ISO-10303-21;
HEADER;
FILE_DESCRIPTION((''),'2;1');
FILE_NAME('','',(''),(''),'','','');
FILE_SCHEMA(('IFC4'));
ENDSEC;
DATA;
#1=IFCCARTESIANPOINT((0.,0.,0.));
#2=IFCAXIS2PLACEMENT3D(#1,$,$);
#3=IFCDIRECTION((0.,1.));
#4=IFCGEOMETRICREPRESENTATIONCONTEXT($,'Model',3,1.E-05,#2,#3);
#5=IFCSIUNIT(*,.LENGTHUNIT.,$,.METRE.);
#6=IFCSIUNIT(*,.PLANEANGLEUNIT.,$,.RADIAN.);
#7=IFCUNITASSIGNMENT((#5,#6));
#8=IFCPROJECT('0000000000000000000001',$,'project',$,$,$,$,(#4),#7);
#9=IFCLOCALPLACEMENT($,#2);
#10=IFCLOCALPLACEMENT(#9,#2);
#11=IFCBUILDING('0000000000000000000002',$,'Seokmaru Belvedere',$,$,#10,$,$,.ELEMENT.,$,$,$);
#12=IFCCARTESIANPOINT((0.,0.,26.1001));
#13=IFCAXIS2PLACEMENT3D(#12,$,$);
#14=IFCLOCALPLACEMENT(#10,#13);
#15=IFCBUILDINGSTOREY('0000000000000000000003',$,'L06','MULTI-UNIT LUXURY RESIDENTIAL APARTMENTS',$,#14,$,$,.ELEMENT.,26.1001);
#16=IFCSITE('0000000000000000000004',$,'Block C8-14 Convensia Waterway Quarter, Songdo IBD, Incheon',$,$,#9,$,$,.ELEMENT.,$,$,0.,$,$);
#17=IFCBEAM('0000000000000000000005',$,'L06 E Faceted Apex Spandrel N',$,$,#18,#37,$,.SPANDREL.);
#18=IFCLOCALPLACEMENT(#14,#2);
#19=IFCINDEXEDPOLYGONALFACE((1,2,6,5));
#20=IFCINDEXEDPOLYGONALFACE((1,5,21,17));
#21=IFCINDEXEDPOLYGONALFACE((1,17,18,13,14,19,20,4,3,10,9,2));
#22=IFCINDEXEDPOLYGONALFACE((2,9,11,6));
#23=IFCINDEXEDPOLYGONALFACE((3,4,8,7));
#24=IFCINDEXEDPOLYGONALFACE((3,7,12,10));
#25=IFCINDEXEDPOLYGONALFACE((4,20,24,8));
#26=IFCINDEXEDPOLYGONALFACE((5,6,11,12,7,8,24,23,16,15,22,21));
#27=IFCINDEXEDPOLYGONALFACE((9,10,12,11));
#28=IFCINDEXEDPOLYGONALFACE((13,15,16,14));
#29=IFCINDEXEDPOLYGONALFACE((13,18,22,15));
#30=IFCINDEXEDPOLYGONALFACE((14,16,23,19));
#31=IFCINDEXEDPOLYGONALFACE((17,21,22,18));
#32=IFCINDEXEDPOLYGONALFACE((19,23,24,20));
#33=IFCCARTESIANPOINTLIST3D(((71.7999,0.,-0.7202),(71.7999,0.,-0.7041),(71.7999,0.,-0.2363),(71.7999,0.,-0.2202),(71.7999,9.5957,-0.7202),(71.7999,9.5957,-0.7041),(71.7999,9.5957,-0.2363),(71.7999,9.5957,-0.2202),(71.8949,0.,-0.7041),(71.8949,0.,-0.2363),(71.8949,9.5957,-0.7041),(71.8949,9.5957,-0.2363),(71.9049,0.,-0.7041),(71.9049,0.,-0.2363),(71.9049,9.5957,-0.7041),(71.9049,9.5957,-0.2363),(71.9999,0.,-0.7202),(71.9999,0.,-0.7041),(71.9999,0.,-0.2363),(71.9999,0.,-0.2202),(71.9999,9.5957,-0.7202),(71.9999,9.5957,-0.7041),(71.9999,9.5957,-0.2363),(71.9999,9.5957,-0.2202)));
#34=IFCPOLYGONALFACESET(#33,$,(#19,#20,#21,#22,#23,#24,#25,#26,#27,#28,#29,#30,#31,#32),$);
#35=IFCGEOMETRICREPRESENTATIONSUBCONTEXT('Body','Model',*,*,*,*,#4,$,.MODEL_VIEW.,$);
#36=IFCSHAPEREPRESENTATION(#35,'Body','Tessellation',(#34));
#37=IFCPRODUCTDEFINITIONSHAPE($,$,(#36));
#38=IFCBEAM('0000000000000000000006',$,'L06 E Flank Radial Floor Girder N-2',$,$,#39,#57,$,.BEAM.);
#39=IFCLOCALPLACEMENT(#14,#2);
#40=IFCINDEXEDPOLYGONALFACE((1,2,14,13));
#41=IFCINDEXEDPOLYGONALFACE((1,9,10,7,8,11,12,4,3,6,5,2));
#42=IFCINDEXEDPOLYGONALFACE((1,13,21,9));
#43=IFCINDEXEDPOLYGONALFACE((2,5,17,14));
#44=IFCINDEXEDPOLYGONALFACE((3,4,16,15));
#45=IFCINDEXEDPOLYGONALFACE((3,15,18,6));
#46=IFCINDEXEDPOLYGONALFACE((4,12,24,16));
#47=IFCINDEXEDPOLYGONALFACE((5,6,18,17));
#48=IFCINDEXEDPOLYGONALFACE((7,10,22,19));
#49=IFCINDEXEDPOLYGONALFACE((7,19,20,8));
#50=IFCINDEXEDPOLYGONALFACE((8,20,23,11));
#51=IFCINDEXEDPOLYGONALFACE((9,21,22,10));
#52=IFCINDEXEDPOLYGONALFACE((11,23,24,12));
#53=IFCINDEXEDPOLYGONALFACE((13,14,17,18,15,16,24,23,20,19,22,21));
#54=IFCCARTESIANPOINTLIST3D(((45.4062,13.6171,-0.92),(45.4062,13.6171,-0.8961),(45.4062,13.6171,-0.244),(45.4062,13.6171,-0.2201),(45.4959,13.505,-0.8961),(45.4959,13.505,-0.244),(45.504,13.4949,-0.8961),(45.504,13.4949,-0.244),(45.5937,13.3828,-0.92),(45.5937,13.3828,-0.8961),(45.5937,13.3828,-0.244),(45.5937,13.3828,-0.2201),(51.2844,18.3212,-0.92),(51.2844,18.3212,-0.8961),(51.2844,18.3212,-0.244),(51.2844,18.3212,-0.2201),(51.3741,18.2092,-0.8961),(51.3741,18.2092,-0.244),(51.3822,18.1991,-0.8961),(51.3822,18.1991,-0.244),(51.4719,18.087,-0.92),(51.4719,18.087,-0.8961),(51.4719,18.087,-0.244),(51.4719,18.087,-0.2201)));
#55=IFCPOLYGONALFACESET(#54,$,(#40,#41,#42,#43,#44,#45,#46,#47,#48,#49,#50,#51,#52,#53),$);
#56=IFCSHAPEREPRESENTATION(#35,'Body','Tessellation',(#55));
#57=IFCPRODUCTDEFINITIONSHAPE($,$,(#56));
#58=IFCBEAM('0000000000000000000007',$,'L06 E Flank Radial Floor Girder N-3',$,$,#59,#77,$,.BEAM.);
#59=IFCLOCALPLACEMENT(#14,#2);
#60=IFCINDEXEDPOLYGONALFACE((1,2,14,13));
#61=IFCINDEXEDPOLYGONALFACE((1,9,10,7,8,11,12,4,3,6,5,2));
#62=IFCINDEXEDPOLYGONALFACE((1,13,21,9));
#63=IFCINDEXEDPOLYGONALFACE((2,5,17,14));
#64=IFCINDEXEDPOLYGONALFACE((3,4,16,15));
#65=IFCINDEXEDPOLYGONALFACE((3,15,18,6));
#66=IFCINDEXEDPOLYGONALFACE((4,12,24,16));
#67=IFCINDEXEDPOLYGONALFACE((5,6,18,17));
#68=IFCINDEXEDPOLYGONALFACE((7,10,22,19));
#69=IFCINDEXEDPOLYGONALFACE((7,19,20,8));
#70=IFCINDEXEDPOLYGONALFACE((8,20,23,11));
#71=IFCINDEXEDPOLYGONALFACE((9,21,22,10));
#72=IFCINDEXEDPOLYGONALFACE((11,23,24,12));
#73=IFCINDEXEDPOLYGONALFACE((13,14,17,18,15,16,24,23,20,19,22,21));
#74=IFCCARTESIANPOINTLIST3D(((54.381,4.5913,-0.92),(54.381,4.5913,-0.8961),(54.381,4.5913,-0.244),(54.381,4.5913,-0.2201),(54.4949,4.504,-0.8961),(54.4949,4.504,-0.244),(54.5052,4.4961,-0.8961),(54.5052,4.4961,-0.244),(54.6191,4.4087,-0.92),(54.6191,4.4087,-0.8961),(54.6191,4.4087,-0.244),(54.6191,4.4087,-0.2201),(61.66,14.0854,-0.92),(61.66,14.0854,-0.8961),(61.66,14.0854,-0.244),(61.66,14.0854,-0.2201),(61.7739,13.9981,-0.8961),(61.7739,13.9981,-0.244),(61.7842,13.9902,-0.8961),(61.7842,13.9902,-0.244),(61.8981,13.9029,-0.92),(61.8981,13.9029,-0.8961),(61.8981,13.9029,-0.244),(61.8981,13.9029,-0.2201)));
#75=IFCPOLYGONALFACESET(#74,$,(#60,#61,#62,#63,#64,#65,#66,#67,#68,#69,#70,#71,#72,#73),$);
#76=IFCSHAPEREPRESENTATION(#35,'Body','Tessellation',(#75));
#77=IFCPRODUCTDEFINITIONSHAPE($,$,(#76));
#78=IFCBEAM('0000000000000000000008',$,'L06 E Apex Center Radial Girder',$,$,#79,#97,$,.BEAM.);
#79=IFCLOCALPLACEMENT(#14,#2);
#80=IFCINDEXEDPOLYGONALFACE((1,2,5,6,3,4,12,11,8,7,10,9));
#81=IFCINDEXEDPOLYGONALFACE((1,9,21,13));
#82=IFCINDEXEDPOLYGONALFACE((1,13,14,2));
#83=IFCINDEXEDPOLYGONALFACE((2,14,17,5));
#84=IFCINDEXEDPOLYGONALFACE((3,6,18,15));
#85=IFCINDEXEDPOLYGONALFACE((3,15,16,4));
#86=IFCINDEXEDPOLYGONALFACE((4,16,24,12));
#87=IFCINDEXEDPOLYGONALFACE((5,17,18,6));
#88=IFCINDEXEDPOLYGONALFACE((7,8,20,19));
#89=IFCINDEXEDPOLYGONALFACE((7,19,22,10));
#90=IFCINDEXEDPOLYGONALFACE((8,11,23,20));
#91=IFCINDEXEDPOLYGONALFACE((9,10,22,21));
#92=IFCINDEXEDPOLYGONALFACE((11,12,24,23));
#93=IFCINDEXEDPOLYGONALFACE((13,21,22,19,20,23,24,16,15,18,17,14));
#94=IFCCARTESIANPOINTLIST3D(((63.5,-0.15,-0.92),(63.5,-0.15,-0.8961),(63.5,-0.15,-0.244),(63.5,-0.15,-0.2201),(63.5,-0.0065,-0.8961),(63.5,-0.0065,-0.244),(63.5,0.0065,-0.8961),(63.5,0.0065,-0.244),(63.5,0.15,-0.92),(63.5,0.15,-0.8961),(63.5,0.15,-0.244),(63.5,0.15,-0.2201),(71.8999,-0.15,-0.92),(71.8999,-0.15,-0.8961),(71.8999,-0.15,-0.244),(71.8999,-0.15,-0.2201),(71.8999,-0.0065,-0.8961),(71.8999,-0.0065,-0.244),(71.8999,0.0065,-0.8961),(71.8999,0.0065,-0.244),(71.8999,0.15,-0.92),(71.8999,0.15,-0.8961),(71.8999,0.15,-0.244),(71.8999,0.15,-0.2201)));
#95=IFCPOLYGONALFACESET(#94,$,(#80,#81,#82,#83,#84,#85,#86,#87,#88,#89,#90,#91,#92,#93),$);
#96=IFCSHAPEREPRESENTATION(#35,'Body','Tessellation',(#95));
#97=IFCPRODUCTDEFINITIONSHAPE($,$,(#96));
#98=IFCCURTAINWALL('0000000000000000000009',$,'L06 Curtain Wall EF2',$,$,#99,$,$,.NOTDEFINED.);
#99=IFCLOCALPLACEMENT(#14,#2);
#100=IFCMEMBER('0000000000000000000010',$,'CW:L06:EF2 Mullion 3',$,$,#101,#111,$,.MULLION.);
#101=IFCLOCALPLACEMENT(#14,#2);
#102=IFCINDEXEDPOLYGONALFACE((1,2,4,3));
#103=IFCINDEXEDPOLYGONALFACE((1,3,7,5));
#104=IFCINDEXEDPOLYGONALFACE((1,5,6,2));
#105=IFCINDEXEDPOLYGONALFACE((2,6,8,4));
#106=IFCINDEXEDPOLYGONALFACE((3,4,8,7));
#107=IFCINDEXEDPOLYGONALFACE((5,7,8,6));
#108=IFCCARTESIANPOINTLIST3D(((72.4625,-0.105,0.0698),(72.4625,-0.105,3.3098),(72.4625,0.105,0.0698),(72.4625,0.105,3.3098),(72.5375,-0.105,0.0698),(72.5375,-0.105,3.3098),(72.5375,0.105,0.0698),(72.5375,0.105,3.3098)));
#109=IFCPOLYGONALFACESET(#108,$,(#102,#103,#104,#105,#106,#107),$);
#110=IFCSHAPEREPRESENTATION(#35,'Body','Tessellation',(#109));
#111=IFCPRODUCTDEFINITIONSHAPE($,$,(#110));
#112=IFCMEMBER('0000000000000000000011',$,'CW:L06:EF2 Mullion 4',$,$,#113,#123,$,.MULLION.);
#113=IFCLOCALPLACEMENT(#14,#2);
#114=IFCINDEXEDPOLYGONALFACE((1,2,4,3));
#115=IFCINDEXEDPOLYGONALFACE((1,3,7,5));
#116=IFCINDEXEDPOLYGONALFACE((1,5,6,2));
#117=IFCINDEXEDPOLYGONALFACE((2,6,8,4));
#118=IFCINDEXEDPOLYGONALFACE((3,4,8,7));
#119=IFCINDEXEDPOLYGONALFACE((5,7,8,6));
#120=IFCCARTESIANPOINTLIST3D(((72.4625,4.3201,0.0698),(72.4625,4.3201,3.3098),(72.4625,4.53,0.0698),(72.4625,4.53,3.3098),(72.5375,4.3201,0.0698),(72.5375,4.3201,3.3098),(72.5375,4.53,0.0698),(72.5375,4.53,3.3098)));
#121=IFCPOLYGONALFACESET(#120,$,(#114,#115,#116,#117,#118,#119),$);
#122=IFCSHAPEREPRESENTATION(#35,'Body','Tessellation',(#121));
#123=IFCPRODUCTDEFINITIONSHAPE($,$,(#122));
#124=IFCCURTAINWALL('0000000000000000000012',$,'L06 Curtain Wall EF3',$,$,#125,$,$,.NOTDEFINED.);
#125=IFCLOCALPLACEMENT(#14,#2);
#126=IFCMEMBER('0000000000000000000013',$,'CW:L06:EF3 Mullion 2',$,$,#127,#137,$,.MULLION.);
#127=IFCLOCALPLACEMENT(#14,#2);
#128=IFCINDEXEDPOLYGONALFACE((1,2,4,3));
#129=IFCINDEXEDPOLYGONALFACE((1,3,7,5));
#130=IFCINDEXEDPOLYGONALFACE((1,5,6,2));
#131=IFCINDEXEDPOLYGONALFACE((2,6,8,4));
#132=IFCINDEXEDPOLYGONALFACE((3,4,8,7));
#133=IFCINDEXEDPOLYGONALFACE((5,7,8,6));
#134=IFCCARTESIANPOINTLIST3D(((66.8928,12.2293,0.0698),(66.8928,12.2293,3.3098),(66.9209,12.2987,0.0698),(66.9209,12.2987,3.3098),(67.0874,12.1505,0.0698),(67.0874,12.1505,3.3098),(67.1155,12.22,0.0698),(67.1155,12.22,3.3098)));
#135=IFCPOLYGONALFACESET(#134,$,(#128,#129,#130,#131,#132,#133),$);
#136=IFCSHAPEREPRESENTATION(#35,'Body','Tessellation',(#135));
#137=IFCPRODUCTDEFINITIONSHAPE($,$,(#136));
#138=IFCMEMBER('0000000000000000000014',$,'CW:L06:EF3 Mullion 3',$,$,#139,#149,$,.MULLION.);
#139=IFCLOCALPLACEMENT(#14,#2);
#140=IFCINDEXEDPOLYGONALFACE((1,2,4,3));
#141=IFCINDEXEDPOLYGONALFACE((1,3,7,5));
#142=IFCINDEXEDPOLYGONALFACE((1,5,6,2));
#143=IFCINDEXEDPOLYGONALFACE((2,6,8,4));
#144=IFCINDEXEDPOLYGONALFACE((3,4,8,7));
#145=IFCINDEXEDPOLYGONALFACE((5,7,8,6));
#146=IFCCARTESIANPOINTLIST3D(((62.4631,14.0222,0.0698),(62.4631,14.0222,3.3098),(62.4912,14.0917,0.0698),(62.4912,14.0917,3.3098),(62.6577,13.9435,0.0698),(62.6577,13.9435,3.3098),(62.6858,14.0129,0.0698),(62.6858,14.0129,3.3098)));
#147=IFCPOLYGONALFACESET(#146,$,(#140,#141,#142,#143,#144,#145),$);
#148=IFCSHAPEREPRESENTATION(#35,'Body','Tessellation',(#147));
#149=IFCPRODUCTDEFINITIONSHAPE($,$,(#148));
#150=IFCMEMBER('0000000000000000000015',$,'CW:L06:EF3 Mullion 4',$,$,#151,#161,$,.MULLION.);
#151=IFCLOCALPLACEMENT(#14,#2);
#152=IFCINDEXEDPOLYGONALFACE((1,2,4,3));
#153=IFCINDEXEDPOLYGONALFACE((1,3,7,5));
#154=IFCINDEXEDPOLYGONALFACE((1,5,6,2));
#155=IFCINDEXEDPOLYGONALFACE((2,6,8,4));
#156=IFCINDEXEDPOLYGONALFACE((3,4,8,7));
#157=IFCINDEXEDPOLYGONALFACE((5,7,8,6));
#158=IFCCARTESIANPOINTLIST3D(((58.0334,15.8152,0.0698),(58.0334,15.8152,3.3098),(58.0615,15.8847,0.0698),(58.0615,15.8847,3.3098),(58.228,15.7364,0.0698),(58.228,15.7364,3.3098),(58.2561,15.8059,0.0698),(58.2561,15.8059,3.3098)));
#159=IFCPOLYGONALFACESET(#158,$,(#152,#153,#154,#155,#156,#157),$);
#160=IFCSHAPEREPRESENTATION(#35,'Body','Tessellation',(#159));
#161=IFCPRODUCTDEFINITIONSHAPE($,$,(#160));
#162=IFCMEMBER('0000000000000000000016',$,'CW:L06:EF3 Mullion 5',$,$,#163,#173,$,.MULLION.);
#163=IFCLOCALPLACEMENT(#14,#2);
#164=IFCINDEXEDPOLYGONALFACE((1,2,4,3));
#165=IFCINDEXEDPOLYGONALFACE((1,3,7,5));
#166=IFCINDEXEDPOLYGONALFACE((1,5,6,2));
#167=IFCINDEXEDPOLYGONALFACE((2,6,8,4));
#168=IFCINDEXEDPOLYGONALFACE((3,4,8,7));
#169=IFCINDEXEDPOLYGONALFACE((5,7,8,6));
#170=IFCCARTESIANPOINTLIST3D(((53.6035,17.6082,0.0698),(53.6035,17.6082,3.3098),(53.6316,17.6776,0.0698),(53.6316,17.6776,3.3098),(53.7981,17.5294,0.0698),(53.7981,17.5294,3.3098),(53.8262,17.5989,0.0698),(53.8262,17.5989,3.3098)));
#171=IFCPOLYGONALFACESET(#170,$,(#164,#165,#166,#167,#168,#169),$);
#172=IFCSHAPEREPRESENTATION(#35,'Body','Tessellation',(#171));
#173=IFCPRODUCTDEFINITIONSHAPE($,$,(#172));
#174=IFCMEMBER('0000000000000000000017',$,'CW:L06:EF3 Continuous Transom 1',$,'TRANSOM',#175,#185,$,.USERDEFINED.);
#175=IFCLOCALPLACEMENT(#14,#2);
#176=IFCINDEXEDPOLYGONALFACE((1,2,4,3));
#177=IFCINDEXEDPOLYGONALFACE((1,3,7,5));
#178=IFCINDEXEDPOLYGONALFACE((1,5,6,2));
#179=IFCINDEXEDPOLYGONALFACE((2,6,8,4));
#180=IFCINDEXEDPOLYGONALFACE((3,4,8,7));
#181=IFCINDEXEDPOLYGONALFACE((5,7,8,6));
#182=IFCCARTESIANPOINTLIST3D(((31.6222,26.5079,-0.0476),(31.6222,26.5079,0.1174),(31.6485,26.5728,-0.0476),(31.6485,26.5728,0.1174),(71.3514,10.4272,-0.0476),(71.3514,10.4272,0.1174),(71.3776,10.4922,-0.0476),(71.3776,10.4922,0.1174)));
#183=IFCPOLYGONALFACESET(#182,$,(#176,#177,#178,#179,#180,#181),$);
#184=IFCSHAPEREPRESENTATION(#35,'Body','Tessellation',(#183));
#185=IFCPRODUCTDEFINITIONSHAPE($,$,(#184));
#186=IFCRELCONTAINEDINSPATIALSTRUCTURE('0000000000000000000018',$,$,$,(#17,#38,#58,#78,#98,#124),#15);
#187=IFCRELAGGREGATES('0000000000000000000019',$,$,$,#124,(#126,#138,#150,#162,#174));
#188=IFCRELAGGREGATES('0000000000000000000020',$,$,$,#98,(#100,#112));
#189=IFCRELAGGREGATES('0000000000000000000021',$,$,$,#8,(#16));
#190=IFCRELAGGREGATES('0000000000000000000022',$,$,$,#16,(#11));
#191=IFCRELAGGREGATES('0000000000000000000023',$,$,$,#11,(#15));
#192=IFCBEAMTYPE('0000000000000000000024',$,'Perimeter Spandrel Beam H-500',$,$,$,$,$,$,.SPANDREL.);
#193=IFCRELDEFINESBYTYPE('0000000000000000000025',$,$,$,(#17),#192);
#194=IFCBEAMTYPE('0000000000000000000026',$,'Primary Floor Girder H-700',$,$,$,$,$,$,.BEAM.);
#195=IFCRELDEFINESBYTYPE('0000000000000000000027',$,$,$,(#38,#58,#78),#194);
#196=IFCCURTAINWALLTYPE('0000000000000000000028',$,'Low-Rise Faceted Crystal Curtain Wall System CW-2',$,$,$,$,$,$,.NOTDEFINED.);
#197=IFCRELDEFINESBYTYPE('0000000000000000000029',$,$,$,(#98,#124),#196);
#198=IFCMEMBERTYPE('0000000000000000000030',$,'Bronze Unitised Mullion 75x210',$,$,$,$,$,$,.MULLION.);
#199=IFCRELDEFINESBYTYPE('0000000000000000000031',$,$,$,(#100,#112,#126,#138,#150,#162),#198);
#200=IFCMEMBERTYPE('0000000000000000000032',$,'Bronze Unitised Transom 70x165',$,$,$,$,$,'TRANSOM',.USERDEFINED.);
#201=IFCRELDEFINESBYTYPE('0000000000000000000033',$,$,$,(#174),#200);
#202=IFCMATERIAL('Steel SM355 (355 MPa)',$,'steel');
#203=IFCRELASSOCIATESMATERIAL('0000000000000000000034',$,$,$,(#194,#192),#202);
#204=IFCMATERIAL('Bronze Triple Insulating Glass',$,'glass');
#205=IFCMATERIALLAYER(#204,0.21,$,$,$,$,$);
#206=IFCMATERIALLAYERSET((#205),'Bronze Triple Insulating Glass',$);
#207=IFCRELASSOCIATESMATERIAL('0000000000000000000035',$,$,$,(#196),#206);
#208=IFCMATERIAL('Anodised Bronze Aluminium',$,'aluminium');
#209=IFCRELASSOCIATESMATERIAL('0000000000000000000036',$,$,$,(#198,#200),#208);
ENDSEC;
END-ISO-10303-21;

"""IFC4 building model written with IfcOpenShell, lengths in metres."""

from ifc_helpers import new_model, si_unit, direction, frame, origin, origin_2d, place, context, subcontext, project, spatial, rectangle, i_section, extrude, source, transform, mapped, material, layer, layer_set, material_profile, profile_set, type_object, type_shapes, element, aggregate, save


model = new_model("IFC4")

# Units and contexts
model_context = context("Model", 3, precision=1e-05, world=origin(), true_north=direction((0.0, 1.0)))
body_context = subcontext(model_context, "Body", "Model", "MODEL_VIEW")
ifc_project = project(units=[si_unit("LENGTHUNIT", "METRE"), si_unit("PLANEANGLEUNIT", "RADIAN")], contexts=[model_context])

# Site, building, storey
site_placement = place(None, origin())
site = spatial("IfcSite", under=ifc_project, at=site_placement, Name="Block C8-14 Convensia Waterway Quarter, Songdo IBD, Incheon", CompositionType="ELEMENT", RefElevation=0.0)
building_placement = place(site_placement, origin())
building = spatial("IfcBuilding", under=site, at=building_placement, Name="Seokmaru Belvedere", CompositionType="ELEMENT")
storey_placement = place(building_placement, frame((0.0, 0.0, 26.1001)))
storey = spatial("IfcBuildingStorey", under=building, at=storey_placement, Name="L06", Description="MULTI-UNIT LUXURY RESIDENTIAL APARTMENTS", CompositionType="ELEMENT", Elevation=26.1001)

# Shared definitions
ifc_material_1 = material(Name="Steel SM355 (355 MPa)", Category="steel")

# Beams
ifc_material_profile_1 = material_profile(ifc_material_1, i_section(OverallWidth=0.3, OverallDepth=0.7, WebThickness=0.0129, FlangeThickness=0.0239, at=origin_2d()), Name="H-700x300x13x24")
ifc_profile_set_1 = profile_set([ifc_material_profile_1], Name="Steel SM355 (355 MPa)")
beam_type_1 = type_object("IfcBeamType", Name="Primary Floor Girder H-700", PredefinedType="BEAM", material=ifc_profile_set_1)
ifc_material_profile_2 = material_profile(ifc_material_1, i_section(OverallWidth=0.2, OverallDepth=0.5, WebThickness=0.01, FlangeThickness=0.0161, at=origin_2d()), Name="H-500x200x10x16")
ifc_profile_set_2 = profile_set([ifc_material_profile_2], Name="Steel SM355 (355 MPa)")
beam_type_2 = type_object("IfcBeamType", Name="Perimeter Spandrel Beam H-500", PredefinedType="SPANDREL", material=ifc_profile_set_2)
shared_shape_1 = source(origin(), body_context, "Body", "SweptSolid", [
    extrude(i_section(OverallWidth=0.2, OverallDepth=0.5, WebThickness=0.01, FlangeThickness=0.0161, at=origin_2d()), origin(), (0.0, 0.0, 1.0), 9.5957),
])
beam_1_placement = place(storey_placement, frame((71.8999, 0.0, -0.4702), z_axis=(0.0, 1.0, 0.0), x_axis=(-1.0, 0.0, 0.0)))
element("IfcBeam", 1, at=beam_1_placement, inside=storey, type_object=beam_type_2, Name="L06 E Faceted Apex Spandrel N", PredefinedType="SPANDREL", context=body_context, shape_type="MappedRepresentation", body=[
    mapped(shared_shape_1, transform((0.0, 0.0, 0.0), scale=1.0)),
])
shared_shape_2 = source(origin(), body_context, "Body", "SweptSolid", [
    extrude(i_section(OverallWidth=0.3, OverallDepth=0.7, WebThickness=0.0129, FlangeThickness=0.0239, at=origin_2d()), origin(), (0.0, 0.0, 1.0), 7.5288),
])
beam_2_placement = place(storey_placement, frame((51.3782, 18.2041, -0.5701), z_axis=(-0.780768, -0.624822, 0.0), x_axis=(0.624822, -0.780768, 0.0)))
element("IfcBeam", 2, at=beam_2_placement, inside=storey, type_object=beam_type_1, Name="L06 E Flank Radial Floor Girder N-2", PredefinedType="BEAM", context=body_context, shape_type="MappedRepresentation", body=[
    mapped(shared_shape_2, transform((0.0, 0.0, 0.0), scale=1.0)),
])
shared_shape_3 = source(origin(), body_context, "Body", "SweptSolid", [
    extrude(i_section(OverallWidth=0.3, OverallDepth=0.7, WebThickness=0.0129, FlangeThickness=0.0239, at=origin_2d()), origin(), (0.0, 0.0, 1.0), 11.9634),
])
beam_3_placement = place(storey_placement, frame((61.7791, 13.9941, -0.5701), z_axis=(-0.608443, -0.793598, 0.0), x_axis=(0.793598, -0.608443, 0.0)))
element("IfcBeam", 3, at=beam_3_placement, inside=storey, type_object=beam_type_1, Name="L06 E Flank Radial Floor Girder N-3", PredefinedType="BEAM", context=body_context, shape_type="MappedRepresentation", body=[
    mapped(shared_shape_3, transform((0.0, 0.0, 0.0), scale=1.0)),
])
shared_shape_4 = source(origin(), body_context, "Body", "SweptSolid", [
    extrude(i_section(OverallWidth=0.3, OverallDepth=0.7, WebThickness=0.0129, FlangeThickness=0.0239, at=origin_2d()), origin(), (0.0, 0.0, 1.0), 8.3999),
])
beam_4_placement = place(storey_placement, frame((71.8999, 0.0, -0.5701), z_axis=(-1.0, 0.0, 0.0), x_axis=(0.0, -1.0, 0.0)))
element("IfcBeam", 4, at=beam_4_placement, inside=storey, type_object=beam_type_1, Name="L06 E Apex Center Radial Girder", PredefinedType="BEAM", context=body_context, shape_type="MappedRepresentation", body=[
    mapped(shared_shape_4, transform((0.0, 0.0, 0.0), scale=1.0)),
])

# Curtain walls, members
ifc_material_2 = material(Name="Bronze Triple Insulating Glass", Category="glass")
ifc_layer_1 = layer(ifc_material_2, 0.21)
ifc_layer_set_1 = layer_set([ifc_layer_1], Name="Bronze Triple Insulating Glass")
curtain_wall_type = type_object("IfcCurtainWallType", Name="Low-Rise Faceted Crystal Curtain Wall System CW-2", PredefinedType="NOTDEFINED", material=ifc_layer_set_1)
curtain_wall_1_placement = place(storey_placement, origin())
curtain_wall_1 = element("IfcCurtainWall", 5, at=curtain_wall_1_placement, inside=storey, type_object=curtain_wall_type, Name="L06 Curtain Wall EF2", PredefinedType="NOTDEFINED")
ifc_material_3 = material(Name="Anodised Bronze Aluminium", Category="aluminium")
ifc_material_profile_3 = material_profile(ifc_material_3, rectangle(XDim=0.075, YDim=0.21, at=origin_2d()), Name="CW-M-75x210")
ifc_profile_set_3 = profile_set([ifc_material_profile_3], Name="Anodised Bronze Aluminium")
member_type_1 = type_object("IfcMemberType", Name="Bronze Unitised Mullion 75x210", PredefinedType="MULLION", material=ifc_profile_set_3)
shared_shape_5 = source(origin(), body_context, "Body", "SweptSolid", [
    extrude(rectangle(XDim=0.075, YDim=0.21, at=origin_2d()), origin(), (0.0, 0.0, 1.0), 3.24),
])
member_1_placement = place(storey_placement, frame((72.5, 0.0, 0.0698), z_axis=(0.0, 0.0, 1.0), x_axis=(-1.0, 0.0, 0.0)))
member_1 = element("IfcMember", 6, at=member_1_placement, type_object=member_type_1, Name="CW:L06:EF2 Mullion 3", PredefinedType="MULLION", context=body_context, shape_type="MappedRepresentation", body=[
    mapped(shared_shape_5, transform((0.0, 0.0, 0.0), scale=1.0)),
])
member_2_placement = place(storey_placement, frame((72.5, 4.425, 0.0698), z_axis=(0.0, 0.0, 1.0), x_axis=(-1.0, 0.0, 0.0)))
member_2 = element("IfcMember", 7, at=member_2_placement, type_object=member_type_1, Name="CW:L06:EF2 Mullion 4", PredefinedType="MULLION", context=body_context, shape_type="MappedRepresentation", body=[
    mapped(shared_shape_5, transform((0.0, 0.0, 0.0), scale=1.0)),
])
curtain_wall_2_placement = place(storey_placement, origin())
curtain_wall_2 = element("IfcCurtainWall", 8, at=curtain_wall_2_placement, inside=storey, type_object=curtain_wall_type, Name="L06 Curtain Wall EF3", PredefinedType="NOTDEFINED")
member_3_placement = place(storey_placement, frame((67.0042, 12.2246, 0.0698), z_axis=(0.0, 0.0, 1.0), x_axis=(-0.375192, -0.926947, 0.0)))
member_3 = element("IfcMember", 9, at=member_3_placement, type_object=member_type_1, Name="CW:L06:EF3 Mullion 2", PredefinedType="MULLION", context=body_context, shape_type="MappedRepresentation", body=[
    mapped(shared_shape_5, transform((0.0, 0.0, 0.0), scale=1.0)),
])
member_4_placement = place(storey_placement, frame((62.5745, 14.0176, 0.0698), z_axis=(0.0, 0.0, 1.0), x_axis=(-0.375192, -0.926947, 0.0)))
member_4 = element("IfcMember", 10, at=member_4_placement, type_object=member_type_1, Name="CW:L06:EF3 Mullion 3", PredefinedType="MULLION", context=body_context, shape_type="MappedRepresentation", body=[
    mapped(shared_shape_5, transform((0.0, 0.0, 0.0), scale=1.0)),
])
member_5_placement = place(storey_placement, frame((58.1448, 15.8105, 0.0698), z_axis=(0.0, 0.0, 1.0), x_axis=(-0.375192, -0.926947, 0.0)))
member_5 = element("IfcMember", 11, at=member_5_placement, type_object=member_type_1, Name="CW:L06:EF3 Mullion 4", PredefinedType="MULLION", context=body_context, shape_type="MappedRepresentation", body=[
    mapped(shared_shape_5, transform((0.0, 0.0, 0.0), scale=1.0)),
])
member_6_placement = place(storey_placement, frame((53.7148, 17.6035, 0.0698), z_axis=(0.0, 0.0, 1.0), x_axis=(-0.375192, -0.926947, 0.0)))
member_6 = element("IfcMember", 12, at=member_6_placement, type_object=member_type_1, Name="CW:L06:EF3 Mullion 5", PredefinedType="MULLION", context=body_context, shape_type="MappedRepresentation", body=[
    mapped(shared_shape_5, transform((0.0, 0.0, 0.0), scale=1.0)),
])
ifc_material_profile_4 = material_profile(ifc_material_3, rectangle(XDim=0.0701, YDim=0.165, at=origin_2d()), Name="CW-T-70x165")
ifc_profile_set_4 = profile_set([ifc_material_profile_4], Name="Anodised Bronze Aluminium")
member_type_2 = type_object("IfcMemberType", Name="Bronze Unitised Transom 70x165", ElementType="TRANSOM", PredefinedType="USERDEFINED", material=ifc_profile_set_4)
shared_shape_6 = source(origin(), body_context, "Body", "SweptSolid", [
    extrude(rectangle(XDim=0.0701, YDim=0.165, at=origin_2d()), origin(), (0.0, 0.0, 1.0), 42.8601),
])
type_shapes(member_type_2, [shared_shape_6])
member_7_placement = place(storey_placement, frame((71.3645, 10.4597, 0.0349), z_axis=(-0.926949, 0.375188, 0.0), x_axis=(-0.375188, -0.926949, 0.0)))
member_7 = element("IfcMember", 13, at=member_7_placement, type_object=member_type_2, Name="CW:L06:EF3 Continuous Transom 1", ObjectType="TRANSOM", PredefinedType="USERDEFINED", context=body_context, shape_type="MappedRepresentation", body=[
    mapped(shared_shape_6, transform((0.0, 0.0, 0.0), scale=1.0)),
])

aggregate(curtain_wall_2, [member_3, member_4, member_5, member_6, member_7])
aggregate(curtain_wall_1, [member_1, member_2])

save(model, "model.ifc")
